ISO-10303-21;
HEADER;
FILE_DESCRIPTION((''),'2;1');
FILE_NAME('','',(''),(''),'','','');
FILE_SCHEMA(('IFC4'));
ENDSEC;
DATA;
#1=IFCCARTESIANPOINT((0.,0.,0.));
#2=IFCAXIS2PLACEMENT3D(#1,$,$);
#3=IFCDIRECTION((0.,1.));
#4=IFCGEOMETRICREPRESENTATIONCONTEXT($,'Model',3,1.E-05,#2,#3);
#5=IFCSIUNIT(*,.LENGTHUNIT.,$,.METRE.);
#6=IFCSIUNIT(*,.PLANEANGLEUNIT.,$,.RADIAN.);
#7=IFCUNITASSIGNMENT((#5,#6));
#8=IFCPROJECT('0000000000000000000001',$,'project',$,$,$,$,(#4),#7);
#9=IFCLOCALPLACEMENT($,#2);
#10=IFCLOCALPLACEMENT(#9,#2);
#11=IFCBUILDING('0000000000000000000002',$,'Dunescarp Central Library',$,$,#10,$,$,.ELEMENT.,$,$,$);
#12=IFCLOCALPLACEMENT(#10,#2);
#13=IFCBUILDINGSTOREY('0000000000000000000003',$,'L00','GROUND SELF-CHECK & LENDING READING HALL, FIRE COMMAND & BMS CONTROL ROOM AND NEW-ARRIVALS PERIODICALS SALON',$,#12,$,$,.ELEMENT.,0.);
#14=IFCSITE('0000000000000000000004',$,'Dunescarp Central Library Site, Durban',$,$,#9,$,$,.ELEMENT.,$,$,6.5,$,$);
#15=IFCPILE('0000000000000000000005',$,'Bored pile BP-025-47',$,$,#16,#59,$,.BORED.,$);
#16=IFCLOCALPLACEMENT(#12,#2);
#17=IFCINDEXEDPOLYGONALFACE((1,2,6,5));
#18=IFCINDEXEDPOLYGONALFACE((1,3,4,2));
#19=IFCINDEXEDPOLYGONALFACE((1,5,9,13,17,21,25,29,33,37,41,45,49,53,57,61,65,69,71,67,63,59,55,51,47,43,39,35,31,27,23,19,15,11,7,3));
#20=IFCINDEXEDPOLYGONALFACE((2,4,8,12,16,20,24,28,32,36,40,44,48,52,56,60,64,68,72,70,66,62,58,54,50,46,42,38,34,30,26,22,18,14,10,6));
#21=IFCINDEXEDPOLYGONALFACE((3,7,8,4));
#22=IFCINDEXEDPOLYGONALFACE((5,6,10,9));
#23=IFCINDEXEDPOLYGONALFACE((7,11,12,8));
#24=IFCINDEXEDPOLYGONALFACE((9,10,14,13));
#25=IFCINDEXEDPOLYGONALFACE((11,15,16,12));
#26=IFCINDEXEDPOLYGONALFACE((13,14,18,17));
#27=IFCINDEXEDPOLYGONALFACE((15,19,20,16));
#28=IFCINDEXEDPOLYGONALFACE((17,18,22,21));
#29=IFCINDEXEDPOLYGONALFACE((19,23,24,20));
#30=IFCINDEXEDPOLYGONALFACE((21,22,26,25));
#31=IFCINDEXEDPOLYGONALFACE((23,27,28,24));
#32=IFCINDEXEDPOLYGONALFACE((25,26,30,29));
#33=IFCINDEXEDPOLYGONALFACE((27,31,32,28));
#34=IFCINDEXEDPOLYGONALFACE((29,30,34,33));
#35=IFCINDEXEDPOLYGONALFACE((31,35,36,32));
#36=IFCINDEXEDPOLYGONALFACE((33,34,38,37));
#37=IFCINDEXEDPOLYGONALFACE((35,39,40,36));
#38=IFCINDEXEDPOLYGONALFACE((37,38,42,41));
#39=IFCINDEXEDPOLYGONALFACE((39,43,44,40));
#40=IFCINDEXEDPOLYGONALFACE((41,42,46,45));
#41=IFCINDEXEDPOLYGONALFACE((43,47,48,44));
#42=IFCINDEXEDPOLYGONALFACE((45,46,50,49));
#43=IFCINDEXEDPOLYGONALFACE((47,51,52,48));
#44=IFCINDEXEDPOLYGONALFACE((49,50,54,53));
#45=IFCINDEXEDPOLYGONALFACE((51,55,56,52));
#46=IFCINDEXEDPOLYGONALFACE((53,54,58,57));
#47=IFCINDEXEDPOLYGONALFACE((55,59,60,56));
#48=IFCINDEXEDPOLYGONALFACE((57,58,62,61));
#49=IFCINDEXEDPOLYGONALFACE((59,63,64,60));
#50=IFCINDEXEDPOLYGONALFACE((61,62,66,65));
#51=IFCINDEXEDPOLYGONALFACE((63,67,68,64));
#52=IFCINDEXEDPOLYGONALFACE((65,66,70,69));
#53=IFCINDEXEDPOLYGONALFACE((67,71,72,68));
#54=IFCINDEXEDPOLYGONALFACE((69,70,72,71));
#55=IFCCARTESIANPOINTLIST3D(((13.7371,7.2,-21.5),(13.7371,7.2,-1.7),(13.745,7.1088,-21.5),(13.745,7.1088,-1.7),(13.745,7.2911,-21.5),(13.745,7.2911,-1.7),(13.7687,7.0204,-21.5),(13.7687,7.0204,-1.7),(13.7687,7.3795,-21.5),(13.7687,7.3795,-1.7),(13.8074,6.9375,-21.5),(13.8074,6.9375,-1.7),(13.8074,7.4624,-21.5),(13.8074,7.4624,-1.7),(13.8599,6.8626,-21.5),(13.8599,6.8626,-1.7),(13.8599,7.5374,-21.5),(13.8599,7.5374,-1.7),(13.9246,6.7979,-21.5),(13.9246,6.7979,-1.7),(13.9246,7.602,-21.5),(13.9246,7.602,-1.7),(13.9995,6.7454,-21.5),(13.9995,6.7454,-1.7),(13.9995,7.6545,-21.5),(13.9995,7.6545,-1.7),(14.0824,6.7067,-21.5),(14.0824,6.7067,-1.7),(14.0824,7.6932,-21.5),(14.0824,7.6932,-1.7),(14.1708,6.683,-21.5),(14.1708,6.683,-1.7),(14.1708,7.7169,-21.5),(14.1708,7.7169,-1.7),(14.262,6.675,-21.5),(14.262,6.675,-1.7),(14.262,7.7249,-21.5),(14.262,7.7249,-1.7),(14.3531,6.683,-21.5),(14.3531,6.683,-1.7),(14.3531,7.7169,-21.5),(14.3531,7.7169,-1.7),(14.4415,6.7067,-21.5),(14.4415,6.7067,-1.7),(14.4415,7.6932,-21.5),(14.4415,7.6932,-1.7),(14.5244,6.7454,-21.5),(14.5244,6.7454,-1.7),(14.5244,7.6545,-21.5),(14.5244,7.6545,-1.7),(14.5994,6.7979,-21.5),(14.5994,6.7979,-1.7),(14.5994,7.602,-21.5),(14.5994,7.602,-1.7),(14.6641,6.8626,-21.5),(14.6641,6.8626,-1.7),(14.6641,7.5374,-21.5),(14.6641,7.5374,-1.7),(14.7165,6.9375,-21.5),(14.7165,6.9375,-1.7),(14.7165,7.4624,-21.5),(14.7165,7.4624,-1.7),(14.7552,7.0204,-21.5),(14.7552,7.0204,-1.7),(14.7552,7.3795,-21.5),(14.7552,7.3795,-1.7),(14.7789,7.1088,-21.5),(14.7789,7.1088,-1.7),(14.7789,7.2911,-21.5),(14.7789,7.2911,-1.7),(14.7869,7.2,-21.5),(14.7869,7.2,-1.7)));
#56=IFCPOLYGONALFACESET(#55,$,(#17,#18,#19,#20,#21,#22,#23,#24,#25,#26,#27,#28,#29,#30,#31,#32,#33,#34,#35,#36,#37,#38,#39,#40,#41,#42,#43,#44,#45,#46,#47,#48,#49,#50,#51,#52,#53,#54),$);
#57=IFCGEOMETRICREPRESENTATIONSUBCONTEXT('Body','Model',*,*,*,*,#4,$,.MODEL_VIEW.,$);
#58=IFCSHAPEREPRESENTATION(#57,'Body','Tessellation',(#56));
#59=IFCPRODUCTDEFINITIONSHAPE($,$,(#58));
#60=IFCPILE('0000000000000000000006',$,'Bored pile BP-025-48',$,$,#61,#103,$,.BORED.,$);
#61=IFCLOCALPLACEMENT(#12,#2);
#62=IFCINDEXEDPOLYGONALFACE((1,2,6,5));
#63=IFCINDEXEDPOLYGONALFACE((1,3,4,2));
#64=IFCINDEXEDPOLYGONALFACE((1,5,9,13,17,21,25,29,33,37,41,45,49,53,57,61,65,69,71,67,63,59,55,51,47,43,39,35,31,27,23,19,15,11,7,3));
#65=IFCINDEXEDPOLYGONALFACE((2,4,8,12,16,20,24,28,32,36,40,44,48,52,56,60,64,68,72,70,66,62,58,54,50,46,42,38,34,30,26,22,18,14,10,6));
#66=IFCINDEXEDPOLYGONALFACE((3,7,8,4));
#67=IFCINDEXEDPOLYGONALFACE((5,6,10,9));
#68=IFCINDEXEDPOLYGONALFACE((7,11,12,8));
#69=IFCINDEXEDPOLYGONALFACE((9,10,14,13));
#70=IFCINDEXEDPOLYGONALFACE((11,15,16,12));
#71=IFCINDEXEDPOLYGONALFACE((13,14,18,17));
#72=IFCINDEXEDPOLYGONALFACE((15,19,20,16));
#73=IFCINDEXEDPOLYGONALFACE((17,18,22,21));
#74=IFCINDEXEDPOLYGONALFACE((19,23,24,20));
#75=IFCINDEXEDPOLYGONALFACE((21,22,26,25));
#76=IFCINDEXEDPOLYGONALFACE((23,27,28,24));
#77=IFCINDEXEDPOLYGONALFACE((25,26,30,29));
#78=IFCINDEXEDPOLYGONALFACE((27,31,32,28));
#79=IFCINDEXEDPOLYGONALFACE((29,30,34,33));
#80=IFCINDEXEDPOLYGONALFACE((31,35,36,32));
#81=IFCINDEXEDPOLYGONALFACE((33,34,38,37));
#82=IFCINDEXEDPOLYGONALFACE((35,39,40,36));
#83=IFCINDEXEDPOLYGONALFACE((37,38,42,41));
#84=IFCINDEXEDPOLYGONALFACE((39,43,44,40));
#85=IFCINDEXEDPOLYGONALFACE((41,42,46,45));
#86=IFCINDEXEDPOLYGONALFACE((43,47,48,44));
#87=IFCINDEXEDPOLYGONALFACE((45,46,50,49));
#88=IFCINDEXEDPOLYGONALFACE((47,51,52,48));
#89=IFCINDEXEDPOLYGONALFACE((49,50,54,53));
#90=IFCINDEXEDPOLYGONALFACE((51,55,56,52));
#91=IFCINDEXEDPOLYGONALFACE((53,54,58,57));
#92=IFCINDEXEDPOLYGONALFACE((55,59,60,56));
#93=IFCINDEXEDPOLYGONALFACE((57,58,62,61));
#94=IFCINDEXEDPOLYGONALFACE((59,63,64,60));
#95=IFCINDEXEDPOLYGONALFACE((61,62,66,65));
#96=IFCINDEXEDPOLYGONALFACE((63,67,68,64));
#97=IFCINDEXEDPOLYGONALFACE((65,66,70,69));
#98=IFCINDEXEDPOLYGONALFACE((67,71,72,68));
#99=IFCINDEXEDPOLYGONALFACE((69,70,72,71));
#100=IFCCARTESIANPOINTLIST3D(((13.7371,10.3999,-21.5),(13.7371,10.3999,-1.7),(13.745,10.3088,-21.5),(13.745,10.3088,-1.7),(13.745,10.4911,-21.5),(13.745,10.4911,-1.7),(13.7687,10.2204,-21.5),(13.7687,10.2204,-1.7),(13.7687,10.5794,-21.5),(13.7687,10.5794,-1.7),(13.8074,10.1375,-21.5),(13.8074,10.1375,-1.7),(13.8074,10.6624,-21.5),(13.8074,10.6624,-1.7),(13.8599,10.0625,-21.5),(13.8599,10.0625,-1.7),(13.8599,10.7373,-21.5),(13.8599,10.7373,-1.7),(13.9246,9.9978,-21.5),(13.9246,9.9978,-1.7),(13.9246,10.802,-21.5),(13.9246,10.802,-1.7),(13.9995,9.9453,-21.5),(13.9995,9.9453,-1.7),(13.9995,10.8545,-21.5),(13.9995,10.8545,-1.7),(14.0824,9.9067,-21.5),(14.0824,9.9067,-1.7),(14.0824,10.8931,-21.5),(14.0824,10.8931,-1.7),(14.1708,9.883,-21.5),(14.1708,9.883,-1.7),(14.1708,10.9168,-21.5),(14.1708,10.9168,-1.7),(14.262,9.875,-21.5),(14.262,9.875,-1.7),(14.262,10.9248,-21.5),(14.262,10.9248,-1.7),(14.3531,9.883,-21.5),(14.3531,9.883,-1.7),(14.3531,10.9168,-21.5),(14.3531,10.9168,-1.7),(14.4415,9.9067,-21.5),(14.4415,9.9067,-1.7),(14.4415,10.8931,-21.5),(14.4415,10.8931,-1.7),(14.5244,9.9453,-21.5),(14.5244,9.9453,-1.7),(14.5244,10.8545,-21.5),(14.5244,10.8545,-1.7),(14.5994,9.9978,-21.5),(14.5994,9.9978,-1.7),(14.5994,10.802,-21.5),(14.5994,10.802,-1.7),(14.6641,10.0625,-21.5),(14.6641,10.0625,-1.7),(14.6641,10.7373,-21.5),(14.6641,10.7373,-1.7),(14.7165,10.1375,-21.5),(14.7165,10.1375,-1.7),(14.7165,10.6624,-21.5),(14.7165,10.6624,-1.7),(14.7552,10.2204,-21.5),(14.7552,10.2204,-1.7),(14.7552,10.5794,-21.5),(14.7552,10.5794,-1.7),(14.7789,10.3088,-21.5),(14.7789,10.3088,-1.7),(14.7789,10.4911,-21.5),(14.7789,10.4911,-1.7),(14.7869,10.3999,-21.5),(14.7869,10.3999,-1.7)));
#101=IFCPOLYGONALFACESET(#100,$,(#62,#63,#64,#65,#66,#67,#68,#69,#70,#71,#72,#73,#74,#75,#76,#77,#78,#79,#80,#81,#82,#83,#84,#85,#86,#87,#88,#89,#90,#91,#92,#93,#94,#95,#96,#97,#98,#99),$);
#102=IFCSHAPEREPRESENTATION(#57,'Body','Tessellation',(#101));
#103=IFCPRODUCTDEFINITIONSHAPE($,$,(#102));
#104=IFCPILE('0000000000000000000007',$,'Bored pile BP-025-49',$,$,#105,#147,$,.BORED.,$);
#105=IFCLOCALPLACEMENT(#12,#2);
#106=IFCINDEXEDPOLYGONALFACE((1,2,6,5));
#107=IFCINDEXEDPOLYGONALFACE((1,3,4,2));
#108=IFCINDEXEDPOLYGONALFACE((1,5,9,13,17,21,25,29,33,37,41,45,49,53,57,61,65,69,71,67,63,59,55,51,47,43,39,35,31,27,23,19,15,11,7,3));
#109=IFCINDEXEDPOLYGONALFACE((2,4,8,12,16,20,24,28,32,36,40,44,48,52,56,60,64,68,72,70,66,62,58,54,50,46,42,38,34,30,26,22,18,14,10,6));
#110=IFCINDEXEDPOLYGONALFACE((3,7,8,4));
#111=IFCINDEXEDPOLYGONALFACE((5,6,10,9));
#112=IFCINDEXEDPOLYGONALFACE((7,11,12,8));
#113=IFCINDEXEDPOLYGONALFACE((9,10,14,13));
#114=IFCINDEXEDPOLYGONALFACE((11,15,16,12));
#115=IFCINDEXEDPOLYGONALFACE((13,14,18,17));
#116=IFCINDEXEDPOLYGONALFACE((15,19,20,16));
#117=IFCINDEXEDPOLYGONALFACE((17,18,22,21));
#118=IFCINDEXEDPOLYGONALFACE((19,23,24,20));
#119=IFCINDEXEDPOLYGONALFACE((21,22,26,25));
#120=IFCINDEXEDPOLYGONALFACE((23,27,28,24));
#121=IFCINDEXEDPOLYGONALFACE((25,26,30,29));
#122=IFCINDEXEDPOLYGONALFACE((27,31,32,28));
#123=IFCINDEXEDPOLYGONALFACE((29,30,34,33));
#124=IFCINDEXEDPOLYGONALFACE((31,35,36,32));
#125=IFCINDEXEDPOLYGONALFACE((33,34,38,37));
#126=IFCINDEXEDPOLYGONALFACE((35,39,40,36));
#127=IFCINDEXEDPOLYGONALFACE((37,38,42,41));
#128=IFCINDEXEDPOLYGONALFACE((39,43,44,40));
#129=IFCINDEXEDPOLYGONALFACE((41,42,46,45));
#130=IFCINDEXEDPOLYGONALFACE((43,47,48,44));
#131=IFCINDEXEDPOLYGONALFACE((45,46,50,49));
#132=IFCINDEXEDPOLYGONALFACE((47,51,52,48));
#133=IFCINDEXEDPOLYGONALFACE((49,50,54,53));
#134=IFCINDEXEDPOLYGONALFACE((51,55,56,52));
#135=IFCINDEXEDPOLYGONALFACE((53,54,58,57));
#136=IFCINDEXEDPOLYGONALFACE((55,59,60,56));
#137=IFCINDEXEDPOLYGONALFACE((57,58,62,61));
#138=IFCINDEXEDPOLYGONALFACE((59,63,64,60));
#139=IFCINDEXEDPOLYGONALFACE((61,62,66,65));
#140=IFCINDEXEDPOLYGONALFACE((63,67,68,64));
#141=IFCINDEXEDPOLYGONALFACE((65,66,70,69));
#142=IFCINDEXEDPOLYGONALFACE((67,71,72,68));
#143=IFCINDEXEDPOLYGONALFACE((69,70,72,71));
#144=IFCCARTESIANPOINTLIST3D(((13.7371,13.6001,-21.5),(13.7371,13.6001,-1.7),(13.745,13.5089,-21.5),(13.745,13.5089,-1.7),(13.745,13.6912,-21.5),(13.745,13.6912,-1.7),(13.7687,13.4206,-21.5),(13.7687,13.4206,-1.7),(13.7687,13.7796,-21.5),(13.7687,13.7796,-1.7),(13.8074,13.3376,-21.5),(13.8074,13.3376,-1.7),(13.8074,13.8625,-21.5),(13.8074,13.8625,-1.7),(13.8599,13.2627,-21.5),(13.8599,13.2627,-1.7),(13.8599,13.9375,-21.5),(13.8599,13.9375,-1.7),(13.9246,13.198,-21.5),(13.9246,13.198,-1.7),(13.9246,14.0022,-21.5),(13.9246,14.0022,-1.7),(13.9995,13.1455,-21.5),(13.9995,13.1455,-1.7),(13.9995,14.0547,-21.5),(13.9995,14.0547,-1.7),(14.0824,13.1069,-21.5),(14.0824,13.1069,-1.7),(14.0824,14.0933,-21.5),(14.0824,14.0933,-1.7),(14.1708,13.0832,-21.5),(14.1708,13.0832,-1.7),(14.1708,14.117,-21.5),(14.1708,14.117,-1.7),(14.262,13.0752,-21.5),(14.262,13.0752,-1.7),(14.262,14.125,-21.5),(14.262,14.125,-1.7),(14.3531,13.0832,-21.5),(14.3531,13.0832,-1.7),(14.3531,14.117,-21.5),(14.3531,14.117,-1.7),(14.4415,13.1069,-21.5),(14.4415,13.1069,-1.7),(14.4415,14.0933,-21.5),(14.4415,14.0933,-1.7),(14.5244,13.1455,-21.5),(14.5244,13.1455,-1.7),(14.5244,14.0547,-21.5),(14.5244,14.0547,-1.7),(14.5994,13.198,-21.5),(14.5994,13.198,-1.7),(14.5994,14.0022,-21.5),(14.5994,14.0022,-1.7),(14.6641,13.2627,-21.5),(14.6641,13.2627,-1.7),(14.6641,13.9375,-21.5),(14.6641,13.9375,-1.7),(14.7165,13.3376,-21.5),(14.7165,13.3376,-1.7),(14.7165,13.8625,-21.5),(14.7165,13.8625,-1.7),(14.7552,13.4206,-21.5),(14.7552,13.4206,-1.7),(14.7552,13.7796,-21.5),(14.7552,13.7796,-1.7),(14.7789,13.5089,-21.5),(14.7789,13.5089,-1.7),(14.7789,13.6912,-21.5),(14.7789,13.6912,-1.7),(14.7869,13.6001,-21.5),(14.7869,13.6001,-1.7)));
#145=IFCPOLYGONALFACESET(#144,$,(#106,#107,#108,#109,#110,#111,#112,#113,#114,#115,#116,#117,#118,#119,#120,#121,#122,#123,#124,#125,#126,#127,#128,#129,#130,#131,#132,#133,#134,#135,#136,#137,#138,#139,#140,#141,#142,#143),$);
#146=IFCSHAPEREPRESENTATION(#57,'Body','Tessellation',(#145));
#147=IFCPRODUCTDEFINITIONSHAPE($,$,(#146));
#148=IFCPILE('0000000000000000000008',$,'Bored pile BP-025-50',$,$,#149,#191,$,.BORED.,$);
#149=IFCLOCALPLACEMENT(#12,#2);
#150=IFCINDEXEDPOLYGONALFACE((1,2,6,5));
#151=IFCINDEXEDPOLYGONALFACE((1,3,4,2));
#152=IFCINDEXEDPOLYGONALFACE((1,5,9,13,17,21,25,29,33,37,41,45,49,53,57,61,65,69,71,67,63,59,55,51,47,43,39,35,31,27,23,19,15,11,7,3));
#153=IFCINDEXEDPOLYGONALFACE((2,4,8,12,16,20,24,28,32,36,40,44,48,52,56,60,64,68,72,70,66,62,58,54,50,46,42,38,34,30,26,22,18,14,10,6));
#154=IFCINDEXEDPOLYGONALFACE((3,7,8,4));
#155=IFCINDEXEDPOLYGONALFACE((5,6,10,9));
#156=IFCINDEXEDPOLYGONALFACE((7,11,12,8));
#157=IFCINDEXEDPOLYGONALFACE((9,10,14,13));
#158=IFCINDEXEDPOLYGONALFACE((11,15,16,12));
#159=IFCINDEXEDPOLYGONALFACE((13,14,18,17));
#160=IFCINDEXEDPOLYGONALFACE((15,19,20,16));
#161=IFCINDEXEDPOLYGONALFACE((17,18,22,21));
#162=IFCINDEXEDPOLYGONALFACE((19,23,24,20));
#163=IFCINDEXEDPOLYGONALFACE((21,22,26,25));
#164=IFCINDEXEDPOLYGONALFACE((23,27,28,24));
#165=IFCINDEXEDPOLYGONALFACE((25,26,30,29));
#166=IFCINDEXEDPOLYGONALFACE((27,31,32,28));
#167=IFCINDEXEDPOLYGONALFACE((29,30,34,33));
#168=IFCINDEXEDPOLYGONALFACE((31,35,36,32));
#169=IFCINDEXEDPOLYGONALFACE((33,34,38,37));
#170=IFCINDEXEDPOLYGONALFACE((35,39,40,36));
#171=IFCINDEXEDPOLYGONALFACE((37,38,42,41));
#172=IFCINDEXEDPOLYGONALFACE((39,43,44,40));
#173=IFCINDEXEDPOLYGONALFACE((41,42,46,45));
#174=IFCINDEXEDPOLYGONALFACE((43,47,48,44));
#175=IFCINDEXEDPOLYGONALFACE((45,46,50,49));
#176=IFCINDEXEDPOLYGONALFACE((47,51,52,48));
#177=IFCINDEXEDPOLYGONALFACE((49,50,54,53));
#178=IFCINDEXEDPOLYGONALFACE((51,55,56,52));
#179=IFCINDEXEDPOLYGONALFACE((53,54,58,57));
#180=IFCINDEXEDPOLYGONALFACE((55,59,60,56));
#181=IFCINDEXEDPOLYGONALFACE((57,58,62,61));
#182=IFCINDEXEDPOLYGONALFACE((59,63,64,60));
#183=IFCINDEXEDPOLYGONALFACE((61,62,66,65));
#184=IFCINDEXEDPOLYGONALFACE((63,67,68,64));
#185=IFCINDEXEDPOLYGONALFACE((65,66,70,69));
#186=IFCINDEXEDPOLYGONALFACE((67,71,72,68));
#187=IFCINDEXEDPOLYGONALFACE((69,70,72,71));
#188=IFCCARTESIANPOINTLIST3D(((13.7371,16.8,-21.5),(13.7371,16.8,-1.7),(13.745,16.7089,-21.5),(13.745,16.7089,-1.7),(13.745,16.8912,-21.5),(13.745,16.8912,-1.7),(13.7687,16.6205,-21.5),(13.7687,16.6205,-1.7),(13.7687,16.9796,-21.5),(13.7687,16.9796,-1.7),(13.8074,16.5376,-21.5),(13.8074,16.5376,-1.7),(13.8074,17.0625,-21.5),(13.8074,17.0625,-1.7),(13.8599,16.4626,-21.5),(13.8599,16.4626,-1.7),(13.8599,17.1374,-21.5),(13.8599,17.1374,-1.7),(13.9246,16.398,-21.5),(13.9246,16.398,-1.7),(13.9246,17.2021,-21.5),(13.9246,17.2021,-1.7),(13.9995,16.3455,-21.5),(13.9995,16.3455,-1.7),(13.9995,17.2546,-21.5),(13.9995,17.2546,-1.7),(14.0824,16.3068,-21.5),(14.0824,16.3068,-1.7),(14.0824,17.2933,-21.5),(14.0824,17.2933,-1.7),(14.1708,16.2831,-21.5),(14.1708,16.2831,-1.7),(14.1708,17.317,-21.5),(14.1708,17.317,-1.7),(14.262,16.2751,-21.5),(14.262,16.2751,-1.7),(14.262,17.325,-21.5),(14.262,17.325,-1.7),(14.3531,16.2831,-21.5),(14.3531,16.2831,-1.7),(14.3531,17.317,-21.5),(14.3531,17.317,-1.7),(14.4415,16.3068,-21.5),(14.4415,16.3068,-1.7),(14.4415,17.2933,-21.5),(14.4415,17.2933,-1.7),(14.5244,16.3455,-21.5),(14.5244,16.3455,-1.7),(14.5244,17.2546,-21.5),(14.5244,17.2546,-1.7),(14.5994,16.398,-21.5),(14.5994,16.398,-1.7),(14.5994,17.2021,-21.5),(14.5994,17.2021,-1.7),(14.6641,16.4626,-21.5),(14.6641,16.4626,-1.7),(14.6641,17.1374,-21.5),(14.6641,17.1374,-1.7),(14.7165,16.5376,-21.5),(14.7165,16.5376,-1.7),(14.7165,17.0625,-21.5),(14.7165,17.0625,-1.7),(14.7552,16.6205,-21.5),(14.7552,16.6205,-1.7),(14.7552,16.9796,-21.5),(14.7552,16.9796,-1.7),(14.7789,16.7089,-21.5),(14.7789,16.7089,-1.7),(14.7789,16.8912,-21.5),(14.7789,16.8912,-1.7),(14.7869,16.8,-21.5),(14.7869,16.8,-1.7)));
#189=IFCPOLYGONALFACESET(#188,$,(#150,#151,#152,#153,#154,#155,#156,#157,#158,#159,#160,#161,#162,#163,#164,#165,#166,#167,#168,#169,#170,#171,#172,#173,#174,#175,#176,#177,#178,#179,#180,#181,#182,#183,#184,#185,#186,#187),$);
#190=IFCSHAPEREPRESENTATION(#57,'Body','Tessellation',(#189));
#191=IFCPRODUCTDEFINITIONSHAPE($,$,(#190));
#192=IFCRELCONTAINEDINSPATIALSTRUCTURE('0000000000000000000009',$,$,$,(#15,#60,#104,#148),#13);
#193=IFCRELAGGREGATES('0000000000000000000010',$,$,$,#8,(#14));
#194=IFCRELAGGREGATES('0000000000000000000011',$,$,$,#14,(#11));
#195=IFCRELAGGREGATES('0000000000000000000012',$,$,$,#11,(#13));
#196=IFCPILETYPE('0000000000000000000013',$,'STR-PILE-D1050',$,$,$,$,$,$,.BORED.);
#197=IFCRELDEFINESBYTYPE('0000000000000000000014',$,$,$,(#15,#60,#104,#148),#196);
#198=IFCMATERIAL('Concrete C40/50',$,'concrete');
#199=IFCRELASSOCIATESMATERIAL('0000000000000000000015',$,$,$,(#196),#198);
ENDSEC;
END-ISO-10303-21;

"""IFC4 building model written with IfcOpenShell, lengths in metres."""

from ifc_helpers import new_model, si_unit, direction, frame, origin, origin_2d, place, context, subcontext, project, spatial, circle, extrude, material, material_profile, profile_set, type_object, element, save


model = new_model("IFC4")

# Units and contexts
model_context = context("Model", 3, precision=1e-05, world=origin(), true_north=direction((0.0, 1.0)))
body_context = subcontext(model_context, "Body", "Model", "MODEL_VIEW")
ifc_project = project(units=[si_unit("LENGTHUNIT", "METRE"), si_unit("PLANEANGLEUNIT", "RADIAN")], contexts=[model_context])

# Site, building, storey
site_placement = place(None, origin())
site = spatial("IfcSite", under=ifc_project, at=site_placement, Name="Dunescarp Central Library Site, Durban", CompositionType="ELEMENT", RefElevation=6.5)
building_placement = place(site_placement, origin())
building = spatial("IfcBuilding", under=site, at=building_placement, Name="Dunescarp Central Library", CompositionType="ELEMENT")
storey_placement = place(building_placement, origin())
storey = spatial("IfcBuildingStorey", under=building, at=storey_placement, Name="L00", Description="GROUND SELF-CHECK & LENDING READING HALL, FIRE COMMAND & BMS CONTROL ROOM AND NEW-ARRIVALS PERIODICALS SALON", CompositionType="ELEMENT", Elevation=0.0)

# Piles
ifc_material_1 = material(Name="Concrete C40/50", Category="concrete")
ifc_material_profile_1 = material_profile(ifc_material_1, circle(Radius=0.5249, at=origin_2d()), Name="PILE D1050")
ifc_profile_set_1 = profile_set([ifc_material_profile_1], Name="Concrete C40/50")
pile_type = type_object("IfcPileType", Name="STR-PILE-D1050", PredefinedType="BORED", material=ifc_profile_set_1)
for number, where, z_axis, x_axis, name in (
    (1, (14.262, 7.2, -1.7), (0.0, 0.0, -1.0), (1.0, 0.0, 0.0), "Bored pile BP-025-47"),
    (2, (14.262, 10.3999, -1.7), (0.0, 0.0, -1.0), (1.0, 0.0, 0.0), "Bored pile BP-025-48"),
    (3, (14.262, 13.6001, -1.7), (0.0, 0.0, -1.0), (1.0, 0.0, 0.0), "Bored pile BP-025-49"),
    (4, (14.262, 16.8, -1.7), (0.0, 0.0, -1.0), (1.0, 0.0, 0.0), "Bored pile BP-025-50"),
):
    element("IfcPile", number, at=place(storey_placement, frame(where, z_axis=z_axis, x_axis=x_axis)), inside=storey, type_object=pile_type, Name=name, PredefinedType="BORED", context=body_context, shape_type="SweptSolid", body=[
        extrude(circle(Radius=0.5249, at=origin_2d()), origin(), (0.0, 0.0, 1.0), 19.8),
    ])

save(model, "model.ifc")
